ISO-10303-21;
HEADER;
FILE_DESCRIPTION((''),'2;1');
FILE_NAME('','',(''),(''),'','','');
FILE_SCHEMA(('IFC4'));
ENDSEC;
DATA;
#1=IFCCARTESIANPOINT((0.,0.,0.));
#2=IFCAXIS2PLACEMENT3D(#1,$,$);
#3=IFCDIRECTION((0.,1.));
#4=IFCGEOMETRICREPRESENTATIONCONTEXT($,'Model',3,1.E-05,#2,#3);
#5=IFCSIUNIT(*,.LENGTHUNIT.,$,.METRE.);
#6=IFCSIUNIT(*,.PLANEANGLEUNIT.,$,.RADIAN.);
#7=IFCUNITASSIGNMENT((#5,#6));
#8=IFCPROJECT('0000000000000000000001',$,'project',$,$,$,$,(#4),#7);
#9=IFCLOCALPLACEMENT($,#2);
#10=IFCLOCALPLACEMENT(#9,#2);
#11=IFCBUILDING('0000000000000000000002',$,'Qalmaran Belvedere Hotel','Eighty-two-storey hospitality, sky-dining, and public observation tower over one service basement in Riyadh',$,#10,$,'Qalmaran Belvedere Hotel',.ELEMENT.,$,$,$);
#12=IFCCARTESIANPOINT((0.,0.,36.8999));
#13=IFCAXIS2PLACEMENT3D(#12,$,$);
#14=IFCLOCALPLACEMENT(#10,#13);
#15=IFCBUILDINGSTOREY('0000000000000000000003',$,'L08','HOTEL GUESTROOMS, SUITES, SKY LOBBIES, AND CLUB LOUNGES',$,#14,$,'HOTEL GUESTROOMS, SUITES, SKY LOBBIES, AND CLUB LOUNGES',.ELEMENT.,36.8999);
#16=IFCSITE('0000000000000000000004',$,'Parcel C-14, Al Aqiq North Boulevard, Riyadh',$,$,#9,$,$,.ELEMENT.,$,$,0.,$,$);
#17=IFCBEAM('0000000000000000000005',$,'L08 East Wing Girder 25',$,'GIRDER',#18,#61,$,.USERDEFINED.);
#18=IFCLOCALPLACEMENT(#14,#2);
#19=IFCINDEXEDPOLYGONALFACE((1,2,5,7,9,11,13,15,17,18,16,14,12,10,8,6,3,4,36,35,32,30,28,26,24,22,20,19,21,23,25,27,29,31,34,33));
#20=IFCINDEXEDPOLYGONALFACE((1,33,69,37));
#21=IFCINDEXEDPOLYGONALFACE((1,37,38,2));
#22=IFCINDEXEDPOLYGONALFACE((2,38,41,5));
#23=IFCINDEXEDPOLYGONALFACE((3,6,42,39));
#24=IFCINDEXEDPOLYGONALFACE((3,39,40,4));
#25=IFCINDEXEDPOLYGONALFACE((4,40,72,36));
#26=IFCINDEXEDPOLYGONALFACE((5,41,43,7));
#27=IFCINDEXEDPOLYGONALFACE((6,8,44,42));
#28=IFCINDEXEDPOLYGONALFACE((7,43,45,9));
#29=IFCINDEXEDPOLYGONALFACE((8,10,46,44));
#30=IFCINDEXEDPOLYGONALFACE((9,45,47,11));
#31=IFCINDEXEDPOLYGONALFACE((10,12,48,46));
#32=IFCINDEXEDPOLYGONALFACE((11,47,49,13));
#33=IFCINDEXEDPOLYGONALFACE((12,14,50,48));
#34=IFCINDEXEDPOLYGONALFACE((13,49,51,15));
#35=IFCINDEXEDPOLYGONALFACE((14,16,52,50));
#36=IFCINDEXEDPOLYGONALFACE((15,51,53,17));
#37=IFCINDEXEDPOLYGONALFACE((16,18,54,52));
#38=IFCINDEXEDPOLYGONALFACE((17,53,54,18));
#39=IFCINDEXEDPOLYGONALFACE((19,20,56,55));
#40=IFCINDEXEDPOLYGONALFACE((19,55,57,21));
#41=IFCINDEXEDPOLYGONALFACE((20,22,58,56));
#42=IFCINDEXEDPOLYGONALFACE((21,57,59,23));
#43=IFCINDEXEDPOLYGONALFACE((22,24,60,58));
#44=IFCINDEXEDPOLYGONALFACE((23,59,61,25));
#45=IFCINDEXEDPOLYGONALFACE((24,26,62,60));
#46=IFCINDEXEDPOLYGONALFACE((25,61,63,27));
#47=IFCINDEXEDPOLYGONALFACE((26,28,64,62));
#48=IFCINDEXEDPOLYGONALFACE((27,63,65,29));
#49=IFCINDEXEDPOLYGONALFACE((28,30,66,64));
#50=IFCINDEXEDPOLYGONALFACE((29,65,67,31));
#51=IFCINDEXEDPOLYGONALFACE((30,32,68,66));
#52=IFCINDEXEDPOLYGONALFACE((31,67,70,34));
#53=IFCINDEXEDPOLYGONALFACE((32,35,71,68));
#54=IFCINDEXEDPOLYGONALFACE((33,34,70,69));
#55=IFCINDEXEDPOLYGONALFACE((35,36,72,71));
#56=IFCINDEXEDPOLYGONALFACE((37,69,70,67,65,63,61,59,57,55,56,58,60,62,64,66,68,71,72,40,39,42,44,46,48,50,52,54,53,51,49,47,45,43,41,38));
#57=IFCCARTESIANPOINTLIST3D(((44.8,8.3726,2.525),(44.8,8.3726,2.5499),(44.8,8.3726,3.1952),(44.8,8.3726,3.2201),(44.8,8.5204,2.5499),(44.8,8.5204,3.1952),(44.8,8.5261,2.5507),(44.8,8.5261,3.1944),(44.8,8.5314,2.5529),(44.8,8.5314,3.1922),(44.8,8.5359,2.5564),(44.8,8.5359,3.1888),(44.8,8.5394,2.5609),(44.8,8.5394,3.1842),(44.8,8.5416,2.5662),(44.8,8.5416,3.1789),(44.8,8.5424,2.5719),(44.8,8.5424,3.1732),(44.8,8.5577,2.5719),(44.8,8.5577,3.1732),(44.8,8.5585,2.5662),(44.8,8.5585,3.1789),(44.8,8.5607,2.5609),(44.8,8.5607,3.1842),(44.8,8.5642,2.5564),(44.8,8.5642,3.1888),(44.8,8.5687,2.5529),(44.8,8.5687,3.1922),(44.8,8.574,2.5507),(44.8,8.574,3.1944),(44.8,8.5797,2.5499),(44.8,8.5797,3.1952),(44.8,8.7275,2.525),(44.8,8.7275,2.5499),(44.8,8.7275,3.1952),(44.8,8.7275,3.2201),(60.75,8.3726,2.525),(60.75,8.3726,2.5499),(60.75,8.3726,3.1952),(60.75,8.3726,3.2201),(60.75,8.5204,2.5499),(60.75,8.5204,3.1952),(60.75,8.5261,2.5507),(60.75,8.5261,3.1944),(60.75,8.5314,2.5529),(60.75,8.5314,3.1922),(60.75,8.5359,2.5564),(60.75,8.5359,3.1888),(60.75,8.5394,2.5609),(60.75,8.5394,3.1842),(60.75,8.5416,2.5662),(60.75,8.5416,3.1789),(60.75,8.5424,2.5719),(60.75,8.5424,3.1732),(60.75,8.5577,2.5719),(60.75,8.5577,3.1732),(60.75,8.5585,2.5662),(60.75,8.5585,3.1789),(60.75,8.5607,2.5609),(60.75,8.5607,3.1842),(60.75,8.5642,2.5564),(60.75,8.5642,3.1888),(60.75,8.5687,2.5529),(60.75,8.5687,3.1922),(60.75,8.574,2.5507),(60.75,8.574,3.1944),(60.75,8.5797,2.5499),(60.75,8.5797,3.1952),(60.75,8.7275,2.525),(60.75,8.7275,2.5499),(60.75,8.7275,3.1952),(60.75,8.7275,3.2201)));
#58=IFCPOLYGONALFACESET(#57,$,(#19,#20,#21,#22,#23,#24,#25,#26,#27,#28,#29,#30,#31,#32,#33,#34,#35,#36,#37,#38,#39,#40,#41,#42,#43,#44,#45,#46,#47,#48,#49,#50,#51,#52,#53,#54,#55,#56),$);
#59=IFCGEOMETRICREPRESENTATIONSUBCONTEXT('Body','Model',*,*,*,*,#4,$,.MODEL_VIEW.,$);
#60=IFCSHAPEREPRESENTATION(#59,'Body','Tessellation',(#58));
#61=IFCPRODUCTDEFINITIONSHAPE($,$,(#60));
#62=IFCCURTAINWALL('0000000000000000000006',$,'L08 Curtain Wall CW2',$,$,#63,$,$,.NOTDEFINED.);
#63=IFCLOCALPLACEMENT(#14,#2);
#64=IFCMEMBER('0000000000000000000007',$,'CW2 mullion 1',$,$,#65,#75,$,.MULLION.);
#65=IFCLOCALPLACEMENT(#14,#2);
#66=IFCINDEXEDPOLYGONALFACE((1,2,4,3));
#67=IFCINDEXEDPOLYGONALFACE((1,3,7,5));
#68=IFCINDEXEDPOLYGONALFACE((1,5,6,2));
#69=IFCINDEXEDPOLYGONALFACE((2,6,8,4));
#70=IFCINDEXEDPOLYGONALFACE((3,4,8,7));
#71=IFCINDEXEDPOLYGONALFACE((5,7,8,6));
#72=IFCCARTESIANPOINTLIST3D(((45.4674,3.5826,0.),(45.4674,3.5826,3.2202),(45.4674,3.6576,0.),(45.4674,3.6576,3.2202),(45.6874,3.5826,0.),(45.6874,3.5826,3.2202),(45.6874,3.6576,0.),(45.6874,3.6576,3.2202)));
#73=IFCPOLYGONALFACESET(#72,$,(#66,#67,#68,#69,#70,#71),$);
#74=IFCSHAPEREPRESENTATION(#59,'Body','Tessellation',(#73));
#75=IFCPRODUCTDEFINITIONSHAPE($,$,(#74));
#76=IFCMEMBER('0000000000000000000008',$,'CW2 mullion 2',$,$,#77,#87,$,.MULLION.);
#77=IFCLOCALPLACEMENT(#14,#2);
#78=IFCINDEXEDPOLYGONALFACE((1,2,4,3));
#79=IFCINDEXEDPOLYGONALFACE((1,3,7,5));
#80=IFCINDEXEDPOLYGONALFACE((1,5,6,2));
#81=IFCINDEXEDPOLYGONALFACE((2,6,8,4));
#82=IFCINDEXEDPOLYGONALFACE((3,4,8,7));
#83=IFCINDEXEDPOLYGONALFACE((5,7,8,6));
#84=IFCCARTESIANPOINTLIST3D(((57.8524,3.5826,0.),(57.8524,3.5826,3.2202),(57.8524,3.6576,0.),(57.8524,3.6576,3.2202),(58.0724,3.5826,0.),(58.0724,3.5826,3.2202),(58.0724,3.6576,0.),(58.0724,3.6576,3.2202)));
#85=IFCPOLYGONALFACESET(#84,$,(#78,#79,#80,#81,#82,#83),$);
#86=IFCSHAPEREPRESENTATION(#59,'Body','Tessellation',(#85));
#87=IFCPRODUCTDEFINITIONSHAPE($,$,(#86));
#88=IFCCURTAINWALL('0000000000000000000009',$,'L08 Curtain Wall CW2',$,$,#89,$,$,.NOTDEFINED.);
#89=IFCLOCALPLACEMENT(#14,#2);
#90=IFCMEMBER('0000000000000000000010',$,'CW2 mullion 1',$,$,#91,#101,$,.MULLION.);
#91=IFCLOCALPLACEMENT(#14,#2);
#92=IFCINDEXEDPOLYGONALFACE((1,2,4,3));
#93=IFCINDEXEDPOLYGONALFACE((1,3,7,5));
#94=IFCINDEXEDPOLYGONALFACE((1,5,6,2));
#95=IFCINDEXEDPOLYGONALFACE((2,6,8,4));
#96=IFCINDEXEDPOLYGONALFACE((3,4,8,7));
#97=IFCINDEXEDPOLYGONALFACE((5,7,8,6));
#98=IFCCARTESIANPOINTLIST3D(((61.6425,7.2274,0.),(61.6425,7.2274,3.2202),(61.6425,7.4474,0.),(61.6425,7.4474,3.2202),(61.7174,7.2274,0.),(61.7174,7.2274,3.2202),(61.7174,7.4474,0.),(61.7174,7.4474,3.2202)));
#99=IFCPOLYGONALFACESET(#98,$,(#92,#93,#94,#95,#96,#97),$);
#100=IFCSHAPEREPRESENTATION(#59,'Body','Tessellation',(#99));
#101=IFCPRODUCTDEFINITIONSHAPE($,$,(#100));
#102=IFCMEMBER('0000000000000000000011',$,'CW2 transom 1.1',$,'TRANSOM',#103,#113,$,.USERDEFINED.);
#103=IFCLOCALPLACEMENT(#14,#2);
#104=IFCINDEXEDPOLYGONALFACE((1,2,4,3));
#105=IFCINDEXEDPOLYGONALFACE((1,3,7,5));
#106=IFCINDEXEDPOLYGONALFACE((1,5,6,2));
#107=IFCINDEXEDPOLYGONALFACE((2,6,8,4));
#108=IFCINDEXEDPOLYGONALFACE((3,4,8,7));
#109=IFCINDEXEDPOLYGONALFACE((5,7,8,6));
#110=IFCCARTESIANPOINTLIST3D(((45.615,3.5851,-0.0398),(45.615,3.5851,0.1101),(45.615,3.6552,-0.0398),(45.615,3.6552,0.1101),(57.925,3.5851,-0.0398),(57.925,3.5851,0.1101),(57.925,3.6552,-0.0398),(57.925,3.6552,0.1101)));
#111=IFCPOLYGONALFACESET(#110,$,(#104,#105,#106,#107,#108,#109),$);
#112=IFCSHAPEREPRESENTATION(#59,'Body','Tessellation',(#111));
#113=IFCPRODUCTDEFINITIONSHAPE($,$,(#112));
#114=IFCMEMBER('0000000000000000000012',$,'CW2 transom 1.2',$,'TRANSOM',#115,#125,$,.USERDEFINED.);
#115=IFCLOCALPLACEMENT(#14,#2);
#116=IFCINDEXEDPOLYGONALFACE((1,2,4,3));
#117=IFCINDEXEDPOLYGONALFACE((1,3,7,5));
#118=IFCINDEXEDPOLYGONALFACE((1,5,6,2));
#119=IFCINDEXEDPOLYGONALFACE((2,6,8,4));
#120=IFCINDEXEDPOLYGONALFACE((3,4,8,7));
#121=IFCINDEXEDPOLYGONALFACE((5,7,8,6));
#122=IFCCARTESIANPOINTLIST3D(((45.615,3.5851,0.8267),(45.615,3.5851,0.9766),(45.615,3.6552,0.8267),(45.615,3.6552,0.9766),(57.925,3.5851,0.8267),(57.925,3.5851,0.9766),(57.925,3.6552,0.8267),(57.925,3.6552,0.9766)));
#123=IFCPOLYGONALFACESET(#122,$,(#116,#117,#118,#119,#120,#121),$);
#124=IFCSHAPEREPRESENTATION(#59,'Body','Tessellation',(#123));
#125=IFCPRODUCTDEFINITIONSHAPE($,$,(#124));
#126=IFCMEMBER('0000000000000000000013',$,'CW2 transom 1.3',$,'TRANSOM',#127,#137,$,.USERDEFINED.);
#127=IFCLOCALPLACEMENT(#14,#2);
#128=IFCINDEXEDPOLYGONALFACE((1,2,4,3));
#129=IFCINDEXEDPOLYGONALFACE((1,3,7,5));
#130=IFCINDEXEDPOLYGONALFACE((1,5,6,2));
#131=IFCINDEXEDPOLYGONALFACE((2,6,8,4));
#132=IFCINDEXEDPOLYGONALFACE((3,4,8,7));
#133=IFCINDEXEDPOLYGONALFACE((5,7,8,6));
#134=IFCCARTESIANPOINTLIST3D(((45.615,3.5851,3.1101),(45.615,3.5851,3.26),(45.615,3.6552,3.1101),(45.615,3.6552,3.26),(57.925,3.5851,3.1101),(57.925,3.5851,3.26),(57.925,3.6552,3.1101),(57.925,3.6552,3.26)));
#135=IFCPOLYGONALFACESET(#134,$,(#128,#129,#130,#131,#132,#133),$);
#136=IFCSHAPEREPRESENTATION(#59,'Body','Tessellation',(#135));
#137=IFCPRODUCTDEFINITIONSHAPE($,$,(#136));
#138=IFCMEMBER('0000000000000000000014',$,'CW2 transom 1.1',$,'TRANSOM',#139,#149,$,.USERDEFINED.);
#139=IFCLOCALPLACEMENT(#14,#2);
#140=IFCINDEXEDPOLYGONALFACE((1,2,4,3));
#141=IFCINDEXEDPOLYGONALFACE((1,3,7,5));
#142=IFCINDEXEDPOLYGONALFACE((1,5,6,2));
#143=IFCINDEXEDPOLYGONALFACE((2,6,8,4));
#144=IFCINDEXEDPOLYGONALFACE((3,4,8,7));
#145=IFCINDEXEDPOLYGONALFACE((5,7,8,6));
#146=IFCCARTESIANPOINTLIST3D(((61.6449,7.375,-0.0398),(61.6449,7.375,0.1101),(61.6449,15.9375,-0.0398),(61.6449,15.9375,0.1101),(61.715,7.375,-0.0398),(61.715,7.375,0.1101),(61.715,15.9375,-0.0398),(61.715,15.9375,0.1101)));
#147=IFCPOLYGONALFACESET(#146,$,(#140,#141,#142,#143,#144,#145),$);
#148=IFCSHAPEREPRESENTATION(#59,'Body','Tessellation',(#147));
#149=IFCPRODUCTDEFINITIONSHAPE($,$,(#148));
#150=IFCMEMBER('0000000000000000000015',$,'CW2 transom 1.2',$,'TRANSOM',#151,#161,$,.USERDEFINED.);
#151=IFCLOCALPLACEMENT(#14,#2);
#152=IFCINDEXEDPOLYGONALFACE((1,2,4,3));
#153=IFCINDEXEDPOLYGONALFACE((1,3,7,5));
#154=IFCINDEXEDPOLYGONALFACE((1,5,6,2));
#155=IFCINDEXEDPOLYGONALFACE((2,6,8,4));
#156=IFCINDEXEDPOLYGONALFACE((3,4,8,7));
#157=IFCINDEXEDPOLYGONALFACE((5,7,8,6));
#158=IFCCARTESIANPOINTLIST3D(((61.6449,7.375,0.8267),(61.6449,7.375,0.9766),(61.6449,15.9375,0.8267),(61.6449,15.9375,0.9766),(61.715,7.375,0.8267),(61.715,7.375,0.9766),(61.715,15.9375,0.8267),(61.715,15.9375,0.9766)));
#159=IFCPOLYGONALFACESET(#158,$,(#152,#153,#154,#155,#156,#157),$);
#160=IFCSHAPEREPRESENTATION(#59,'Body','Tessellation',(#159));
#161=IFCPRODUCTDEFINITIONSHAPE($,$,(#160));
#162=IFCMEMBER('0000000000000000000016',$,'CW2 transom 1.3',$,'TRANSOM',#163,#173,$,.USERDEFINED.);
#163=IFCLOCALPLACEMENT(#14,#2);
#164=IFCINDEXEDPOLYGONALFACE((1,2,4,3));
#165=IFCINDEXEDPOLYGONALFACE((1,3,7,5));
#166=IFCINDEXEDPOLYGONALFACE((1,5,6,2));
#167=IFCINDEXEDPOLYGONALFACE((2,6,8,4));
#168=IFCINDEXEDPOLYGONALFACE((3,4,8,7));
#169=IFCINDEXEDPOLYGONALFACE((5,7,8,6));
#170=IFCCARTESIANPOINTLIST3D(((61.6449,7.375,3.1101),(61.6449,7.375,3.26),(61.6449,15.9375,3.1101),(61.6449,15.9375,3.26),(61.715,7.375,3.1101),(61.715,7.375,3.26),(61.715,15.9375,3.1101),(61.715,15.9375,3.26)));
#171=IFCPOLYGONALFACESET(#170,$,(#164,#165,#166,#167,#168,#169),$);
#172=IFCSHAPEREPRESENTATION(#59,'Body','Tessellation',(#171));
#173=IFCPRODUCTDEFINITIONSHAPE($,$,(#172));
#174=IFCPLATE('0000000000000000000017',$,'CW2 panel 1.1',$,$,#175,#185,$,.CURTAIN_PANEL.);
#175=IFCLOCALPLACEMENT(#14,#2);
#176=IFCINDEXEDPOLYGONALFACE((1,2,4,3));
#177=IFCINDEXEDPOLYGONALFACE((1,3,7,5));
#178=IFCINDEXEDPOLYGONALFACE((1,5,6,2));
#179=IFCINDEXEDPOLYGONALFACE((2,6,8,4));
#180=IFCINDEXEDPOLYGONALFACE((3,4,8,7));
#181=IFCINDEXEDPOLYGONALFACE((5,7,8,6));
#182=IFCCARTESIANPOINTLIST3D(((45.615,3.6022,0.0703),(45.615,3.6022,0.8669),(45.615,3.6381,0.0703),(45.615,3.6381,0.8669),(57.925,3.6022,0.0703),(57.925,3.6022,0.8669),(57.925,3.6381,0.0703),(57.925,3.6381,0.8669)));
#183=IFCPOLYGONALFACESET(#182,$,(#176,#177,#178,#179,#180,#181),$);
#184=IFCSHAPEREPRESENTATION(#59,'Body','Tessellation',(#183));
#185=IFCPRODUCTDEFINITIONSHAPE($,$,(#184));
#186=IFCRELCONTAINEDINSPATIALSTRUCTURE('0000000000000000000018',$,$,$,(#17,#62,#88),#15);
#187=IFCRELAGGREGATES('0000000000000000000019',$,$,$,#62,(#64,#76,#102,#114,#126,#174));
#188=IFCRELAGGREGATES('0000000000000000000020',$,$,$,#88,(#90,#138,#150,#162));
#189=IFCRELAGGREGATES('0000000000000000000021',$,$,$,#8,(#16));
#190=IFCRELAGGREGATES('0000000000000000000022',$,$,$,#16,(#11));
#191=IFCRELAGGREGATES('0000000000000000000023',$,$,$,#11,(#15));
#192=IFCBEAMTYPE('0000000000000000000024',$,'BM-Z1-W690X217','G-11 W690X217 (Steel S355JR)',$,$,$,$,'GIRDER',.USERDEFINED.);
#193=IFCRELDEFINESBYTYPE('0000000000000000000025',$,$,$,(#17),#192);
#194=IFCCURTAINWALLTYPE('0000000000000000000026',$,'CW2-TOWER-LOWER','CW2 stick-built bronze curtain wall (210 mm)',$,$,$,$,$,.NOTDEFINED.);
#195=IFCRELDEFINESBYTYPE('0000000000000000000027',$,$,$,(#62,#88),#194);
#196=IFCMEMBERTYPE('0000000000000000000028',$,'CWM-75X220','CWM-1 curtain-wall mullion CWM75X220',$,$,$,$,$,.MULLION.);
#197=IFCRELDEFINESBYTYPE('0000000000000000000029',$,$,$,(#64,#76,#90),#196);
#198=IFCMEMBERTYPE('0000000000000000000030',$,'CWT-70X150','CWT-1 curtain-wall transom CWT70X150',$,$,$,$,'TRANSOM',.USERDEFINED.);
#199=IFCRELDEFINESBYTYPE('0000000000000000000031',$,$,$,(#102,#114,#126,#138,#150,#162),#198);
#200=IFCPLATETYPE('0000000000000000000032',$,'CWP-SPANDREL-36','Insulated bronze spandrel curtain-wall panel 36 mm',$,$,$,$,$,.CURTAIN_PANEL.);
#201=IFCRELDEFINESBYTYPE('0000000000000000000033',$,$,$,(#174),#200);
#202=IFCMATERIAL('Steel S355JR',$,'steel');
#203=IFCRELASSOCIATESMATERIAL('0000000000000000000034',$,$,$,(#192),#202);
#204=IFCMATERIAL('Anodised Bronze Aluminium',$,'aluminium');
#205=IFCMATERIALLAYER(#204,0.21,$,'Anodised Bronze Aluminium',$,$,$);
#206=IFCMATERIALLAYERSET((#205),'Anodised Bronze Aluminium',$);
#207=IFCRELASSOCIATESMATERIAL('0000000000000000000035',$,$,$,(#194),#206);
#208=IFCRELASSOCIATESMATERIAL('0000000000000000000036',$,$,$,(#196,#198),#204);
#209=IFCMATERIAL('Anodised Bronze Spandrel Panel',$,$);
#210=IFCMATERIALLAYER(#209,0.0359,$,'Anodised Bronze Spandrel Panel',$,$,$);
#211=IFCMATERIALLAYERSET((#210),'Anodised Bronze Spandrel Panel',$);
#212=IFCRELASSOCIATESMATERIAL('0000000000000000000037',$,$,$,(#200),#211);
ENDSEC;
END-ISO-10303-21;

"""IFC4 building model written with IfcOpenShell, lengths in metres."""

from ifc_helpers import new_model, si_unit, direction, frame, origin, origin_2d, place, context, subcontext, project, spatial, rectangle, i_section, extrude, material, layer, layer_set, material_profile, profile_set, type_object, element, aggregate, save


model = new_model("IFC4")

# Units and contexts
model_context = context("Model", 3, precision=1e-05, world=origin(), true_north=direction((0.0, 1.0)))
body_context = subcontext(model_context, "Body", "Model", "MODEL_VIEW")
ifc_project = project(units=[si_unit("LENGTHUNIT", "METRE"), si_unit("PLANEANGLEUNIT", "RADIAN")], contexts=[model_context])

# Site, building, storey
site_placement = place(None, origin())
site = spatial("IfcSite", under=ifc_project, at=site_placement, Name="Parcel C-14, Al Aqiq North Boulevard, Riyadh", CompositionType="ELEMENT", RefElevation=0.0)
building_placement = place(site_placement, origin())
building = spatial("IfcBuilding", under=site, at=building_placement, Name="Qalmaran Belvedere Hotel", Description="Eighty-two-storey hospitality, sky-dining, and public observation tower over one service basement in Riyadh", LongName="Qalmaran Belvedere Hotel", CompositionType="ELEMENT")
storey_placement = place(building_placement, frame((0.0, 0.0, 36.8999)))
storey = spatial("IfcBuildingStorey", under=building, at=storey_placement, Name="L08", Description="HOTEL GUESTROOMS, SUITES, SKY LOBBIES, AND CLUB LOUNGES", LongName="HOTEL GUESTROOMS, SUITES, SKY LOBBIES, AND CLUB LOUNGES", CompositionType="ELEMENT", Elevation=36.8999)

# Beam
ifc_material_1 = material(Name="Steel S355JR", Category="steel")
ifc_material_profile_1 = material_profile(ifc_material_1, i_section(OverallWidth=0.355, OverallDepth=0.6951, WebThickness=0.0154, FlangeThickness=0.0249, FilletRadius=0.022, at=origin_2d()), Name="W690X217")
ifc_profile_set_1 = profile_set([ifc_material_profile_1], Name="Steel S355JR")
beam_type_1 = type_object("IfcBeamType", Name="BM-Z1-W690X217", Description="G-11 W690X217 (Steel S355JR)", ElementType="GIRDER", PredefinedType="USERDEFINED", material=ifc_profile_set_1)
beam_1_placement = place(storey_placement, frame((44.8, 8.55, 2.8726), z_axis=(1.0, 0.0, 0.0), x_axis=(0.0, 1.0, 0.0)))
element("IfcBeam", 1, at=beam_1_placement, inside=storey, type_object=beam_type_1, Name="L08 East Wing Girder 25", ObjectType="GIRDER", PredefinedType="USERDEFINED", context=body_context, shape_type="SweptSolid", body=[
    extrude(i_section(OverallWidth=0.355, OverallDepth=0.6951, WebThickness=0.0154, FlangeThickness=0.0249, FilletRadius=0.022, at=origin_2d()), origin(), (0.0, 0.0, 1.0), 15.95),
])

# Curtain wall, members
ifc_material_2 = material(Name="Anodised Bronze Aluminium", Category="aluminium")
ifc_layer_1 = layer(ifc_material_2, 0.21, Name="Anodised Bronze Aluminium")
ifc_layer_set_1 = layer_set([ifc_layer_1], Name="Anodised Bronze Aluminium")
curtain_wall_type = type_object("IfcCurtainWallType", Name="CW2-TOWER-LOWER", Description="CW2 stick-built bronze curtain wall (210 mm)", PredefinedType="NOTDEFINED", material=ifc_layer_set_1)
curtain_wall_1_placement = place(storey_placement, origin())
curtain_wall_1 = element("IfcCurtainWall", 2, at=curtain_wall_1_placement, inside=storey, type_object=curtain_wall_type, Name="L08 Curtain Wall CW2", PredefinedType="NOTDEFINED")
ifc_material_profile_2 = material_profile(ifc_material_2, rectangle(XDim=0.075, YDim=0.22, at=origin_2d()), Name="CWM75X220")
ifc_profile_set_2 = profile_set([ifc_material_profile_2], Name="Anodised Bronze Aluminium")
member_type_1 = type_object("IfcMemberType", Name="CWM-75X220", Description="CWM-1 curtain-wall mullion CWM75X220", PredefinedType="MULLION", material=ifc_profile_set_2)
member_1_placement = place(storey_placement, frame((45.5774, 3.6201, 0.0), z_axis=(0.0, 0.0, 1.0), x_axis=(0.0, 1.0, 0.0)))
member_1 = element("IfcMember", 3, at=member_1_placement, type_object=member_type_1, Name="CW2 mullion 1", PredefinedType="MULLION", context=body_context, shape_type="SweptSolid", body=[
    extrude(rectangle(XDim=0.075, YDim=0.22, at=origin_2d()), origin(), (0.0, 0.0, 1.0), 3.2202),
])
member_2_placement = place(storey_placement, frame((57.9624, 3.6201, 0.0), z_axis=(0.0, 0.0, 1.0), x_axis=(0.0, 1.0, 0.0)))
member_2 = element("IfcMember", 4, at=member_2_placement, type_object=member_type_1, Name="CW2 mullion 2", PredefinedType="MULLION", context=body_context, shape_type="SweptSolid", body=[
    extrude(rectangle(XDim=0.075, YDim=0.22, at=origin_2d()), origin(), (0.0, 0.0, 1.0), 3.2202),
])

# Curtain wall, member
curtain_wall_2_placement = place(storey_placement, origin())
curtain_wall_2 = element("IfcCurtainWall", 5, at=curtain_wall_2_placement, inside=storey, type_object=curtain_wall_type, Name="L08 Curtain Wall CW2", PredefinedType="NOTDEFINED")
member_3_placement = place(storey_placement, frame((61.6799, 7.3374, 0.0), z_axis=(0.0, 0.0, 1.0), x_axis=(-1.0, 0.0, 0.0)))
member_3 = element("IfcMember", 6, at=member_3_placement, type_object=member_type_1, Name="CW2 mullion 1", PredefinedType="MULLION", context=body_context, shape_type="SweptSolid", body=[
    extrude(rectangle(XDim=0.075, YDim=0.22, at=origin_2d()), origin(), (0.0, 0.0, 1.0), 3.2202),
])

# Members
ifc_material_profile_3 = material_profile(ifc_material_2, rectangle(XDim=0.0701, YDim=0.1499, at=origin_2d()), Name="CWT70X150")
ifc_profile_set_3 = profile_set([ifc_material_profile_3], Name="Anodised Bronze Aluminium")
member_type_2 = type_object("IfcMemberType", Name="CWT-70X150", Description="CWT-1 curtain-wall transom CWT70X150", ElementType="TRANSOM", PredefinedType="USERDEFINED", material=ifc_profile_set_3)
member_4_placement = place(storey_placement, frame((45.615, 3.6201, 0.0352), z_axis=(1.0, 0.0, 0.0), x_axis=(0.0, 1.0, 0.0)))
member_4 = element("IfcMember", 7, at=member_4_placement, type_object=member_type_2, Name="CW2 transom 1.1", ObjectType="TRANSOM", PredefinedType="USERDEFINED", context=body_context, shape_type="SweptSolid", body=[
    extrude(rectangle(XDim=0.0701, YDim=0.1499, at=origin_2d()), origin(), (0.0, 0.0, 1.0), 12.3101),
])
member_5_placement = place(storey_placement, frame((45.615, 3.6201, 0.9016), z_axis=(1.0, 0.0, 0.0), x_axis=(0.0, 1.0, 0.0)))
member_5 = element("IfcMember", 8, at=member_5_placement, type_object=member_type_2, Name="CW2 transom 1.2", ObjectType="TRANSOM", PredefinedType="USERDEFINED", context=body_context, shape_type="SweptSolid", body=[
    extrude(rectangle(XDim=0.0701, YDim=0.1499, at=origin_2d()), origin(), (0.0, 0.0, 1.0), 12.3101),
])
member_6_placement = place(storey_placement, frame((45.615, 3.6201, 3.1851), z_axis=(1.0, 0.0, 0.0), x_axis=(0.0, 1.0, 0.0)))
member_6 = element("IfcMember", 9, at=member_6_placement, type_object=member_type_2, Name="CW2 transom 1.3", ObjectType="TRANSOM", PredefinedType="USERDEFINED", context=body_context, shape_type="SweptSolid", body=[
    extrude(rectangle(XDim=0.0701, YDim=0.1499, at=origin_2d()), origin(), (0.0, 0.0, 1.0), 12.3101),
])
member_7_placement = place(storey_placement, frame((61.6799, 7.375, 0.0352), z_axis=(0.0, 1.0, 0.0), x_axis=(-1.0, 0.0, 0.0)))
member_7 = element("IfcMember", 10, at=member_7_placement, type_object=member_type_2, Name="CW2 transom 1.1", ObjectType="TRANSOM", PredefinedType="USERDEFINED", context=body_context, shape_type="SweptSolid", body=[
    extrude(rectangle(XDim=0.0701, YDim=0.1499, at=origin_2d()), origin(), (0.0, 0.0, 1.0), 8.5625),
])
member_8_placement = place(storey_placement, frame((61.6799, 7.375, 0.9016), z_axis=(0.0, 1.0, 0.0), x_axis=(-1.0, 0.0, 0.0)))
member_8 = element("IfcMember", 11, at=member_8_placement, type_object=member_type_2, Name="CW2 transom 1.2", ObjectType="TRANSOM", PredefinedType="USERDEFINED", context=body_context, shape_type="SweptSolid", body=[
    extrude(rectangle(XDim=0.0701, YDim=0.1499, at=origin_2d()), origin(), (0.0, 0.0, 1.0), 8.5625),
])
member_9_placement = place(storey_placement, frame((61.6799, 7.375, 3.1851), z_axis=(0.0, 1.0, 0.0), x_axis=(-1.0, 0.0, 0.0)))
member_9 = element("IfcMember", 12, at=member_9_placement, type_object=member_type_2, Name="CW2 transom 1.3", ObjectType="TRANSOM", PredefinedType="USERDEFINED", context=body_context, shape_type="SweptSolid", body=[
    extrude(rectangle(XDim=0.0701, YDim=0.1499, at=origin_2d()), origin(), (0.0, 0.0, 1.0), 8.5625),
])

# Plate
ifc_material_3 = material(Name="Anodised Bronze Spandrel Panel")
ifc_layer_2 = layer(ifc_material_3, 0.0359, Name="Anodised Bronze Spandrel Panel")
ifc_layer_set_2 = layer_set([ifc_layer_2], Name="Anodised Bronze Spandrel Panel")
plate_type_1 = type_object("IfcPlateType", Name="CWP-SPANDREL-36", Description="Insulated bronze spandrel curtain-wall panel 36 mm", PredefinedType="CURTAIN_PANEL", material=ifc_layer_set_2)
plate_1_placement = place(storey_placement, frame((51.77, 3.6201, 0.0703), z_axis=(0.0, 0.0, 1.0), x_axis=(1.0, 0.0, 0.0)))
plate_1 = element("IfcPlate", 13, at=plate_1_placement, type_object=plate_type_1, Name="CW2 panel 1.1", PredefinedType="CURTAIN_PANEL", context=body_context, shape_type="SweptSolid", body=[
    extrude(rectangle(XDim=12.3101, YDim=0.0359, at=origin_2d()), origin(), (0.0, 0.0, 1.0), 0.7966),
])
aggregate(curtain_wall_1, [member_1, member_2, member_4, member_5, member_6, plate_1])
aggregate(curtain_wall_2, [member_3, member_7, member_8, member_9])

save(model, "model.ifc")
